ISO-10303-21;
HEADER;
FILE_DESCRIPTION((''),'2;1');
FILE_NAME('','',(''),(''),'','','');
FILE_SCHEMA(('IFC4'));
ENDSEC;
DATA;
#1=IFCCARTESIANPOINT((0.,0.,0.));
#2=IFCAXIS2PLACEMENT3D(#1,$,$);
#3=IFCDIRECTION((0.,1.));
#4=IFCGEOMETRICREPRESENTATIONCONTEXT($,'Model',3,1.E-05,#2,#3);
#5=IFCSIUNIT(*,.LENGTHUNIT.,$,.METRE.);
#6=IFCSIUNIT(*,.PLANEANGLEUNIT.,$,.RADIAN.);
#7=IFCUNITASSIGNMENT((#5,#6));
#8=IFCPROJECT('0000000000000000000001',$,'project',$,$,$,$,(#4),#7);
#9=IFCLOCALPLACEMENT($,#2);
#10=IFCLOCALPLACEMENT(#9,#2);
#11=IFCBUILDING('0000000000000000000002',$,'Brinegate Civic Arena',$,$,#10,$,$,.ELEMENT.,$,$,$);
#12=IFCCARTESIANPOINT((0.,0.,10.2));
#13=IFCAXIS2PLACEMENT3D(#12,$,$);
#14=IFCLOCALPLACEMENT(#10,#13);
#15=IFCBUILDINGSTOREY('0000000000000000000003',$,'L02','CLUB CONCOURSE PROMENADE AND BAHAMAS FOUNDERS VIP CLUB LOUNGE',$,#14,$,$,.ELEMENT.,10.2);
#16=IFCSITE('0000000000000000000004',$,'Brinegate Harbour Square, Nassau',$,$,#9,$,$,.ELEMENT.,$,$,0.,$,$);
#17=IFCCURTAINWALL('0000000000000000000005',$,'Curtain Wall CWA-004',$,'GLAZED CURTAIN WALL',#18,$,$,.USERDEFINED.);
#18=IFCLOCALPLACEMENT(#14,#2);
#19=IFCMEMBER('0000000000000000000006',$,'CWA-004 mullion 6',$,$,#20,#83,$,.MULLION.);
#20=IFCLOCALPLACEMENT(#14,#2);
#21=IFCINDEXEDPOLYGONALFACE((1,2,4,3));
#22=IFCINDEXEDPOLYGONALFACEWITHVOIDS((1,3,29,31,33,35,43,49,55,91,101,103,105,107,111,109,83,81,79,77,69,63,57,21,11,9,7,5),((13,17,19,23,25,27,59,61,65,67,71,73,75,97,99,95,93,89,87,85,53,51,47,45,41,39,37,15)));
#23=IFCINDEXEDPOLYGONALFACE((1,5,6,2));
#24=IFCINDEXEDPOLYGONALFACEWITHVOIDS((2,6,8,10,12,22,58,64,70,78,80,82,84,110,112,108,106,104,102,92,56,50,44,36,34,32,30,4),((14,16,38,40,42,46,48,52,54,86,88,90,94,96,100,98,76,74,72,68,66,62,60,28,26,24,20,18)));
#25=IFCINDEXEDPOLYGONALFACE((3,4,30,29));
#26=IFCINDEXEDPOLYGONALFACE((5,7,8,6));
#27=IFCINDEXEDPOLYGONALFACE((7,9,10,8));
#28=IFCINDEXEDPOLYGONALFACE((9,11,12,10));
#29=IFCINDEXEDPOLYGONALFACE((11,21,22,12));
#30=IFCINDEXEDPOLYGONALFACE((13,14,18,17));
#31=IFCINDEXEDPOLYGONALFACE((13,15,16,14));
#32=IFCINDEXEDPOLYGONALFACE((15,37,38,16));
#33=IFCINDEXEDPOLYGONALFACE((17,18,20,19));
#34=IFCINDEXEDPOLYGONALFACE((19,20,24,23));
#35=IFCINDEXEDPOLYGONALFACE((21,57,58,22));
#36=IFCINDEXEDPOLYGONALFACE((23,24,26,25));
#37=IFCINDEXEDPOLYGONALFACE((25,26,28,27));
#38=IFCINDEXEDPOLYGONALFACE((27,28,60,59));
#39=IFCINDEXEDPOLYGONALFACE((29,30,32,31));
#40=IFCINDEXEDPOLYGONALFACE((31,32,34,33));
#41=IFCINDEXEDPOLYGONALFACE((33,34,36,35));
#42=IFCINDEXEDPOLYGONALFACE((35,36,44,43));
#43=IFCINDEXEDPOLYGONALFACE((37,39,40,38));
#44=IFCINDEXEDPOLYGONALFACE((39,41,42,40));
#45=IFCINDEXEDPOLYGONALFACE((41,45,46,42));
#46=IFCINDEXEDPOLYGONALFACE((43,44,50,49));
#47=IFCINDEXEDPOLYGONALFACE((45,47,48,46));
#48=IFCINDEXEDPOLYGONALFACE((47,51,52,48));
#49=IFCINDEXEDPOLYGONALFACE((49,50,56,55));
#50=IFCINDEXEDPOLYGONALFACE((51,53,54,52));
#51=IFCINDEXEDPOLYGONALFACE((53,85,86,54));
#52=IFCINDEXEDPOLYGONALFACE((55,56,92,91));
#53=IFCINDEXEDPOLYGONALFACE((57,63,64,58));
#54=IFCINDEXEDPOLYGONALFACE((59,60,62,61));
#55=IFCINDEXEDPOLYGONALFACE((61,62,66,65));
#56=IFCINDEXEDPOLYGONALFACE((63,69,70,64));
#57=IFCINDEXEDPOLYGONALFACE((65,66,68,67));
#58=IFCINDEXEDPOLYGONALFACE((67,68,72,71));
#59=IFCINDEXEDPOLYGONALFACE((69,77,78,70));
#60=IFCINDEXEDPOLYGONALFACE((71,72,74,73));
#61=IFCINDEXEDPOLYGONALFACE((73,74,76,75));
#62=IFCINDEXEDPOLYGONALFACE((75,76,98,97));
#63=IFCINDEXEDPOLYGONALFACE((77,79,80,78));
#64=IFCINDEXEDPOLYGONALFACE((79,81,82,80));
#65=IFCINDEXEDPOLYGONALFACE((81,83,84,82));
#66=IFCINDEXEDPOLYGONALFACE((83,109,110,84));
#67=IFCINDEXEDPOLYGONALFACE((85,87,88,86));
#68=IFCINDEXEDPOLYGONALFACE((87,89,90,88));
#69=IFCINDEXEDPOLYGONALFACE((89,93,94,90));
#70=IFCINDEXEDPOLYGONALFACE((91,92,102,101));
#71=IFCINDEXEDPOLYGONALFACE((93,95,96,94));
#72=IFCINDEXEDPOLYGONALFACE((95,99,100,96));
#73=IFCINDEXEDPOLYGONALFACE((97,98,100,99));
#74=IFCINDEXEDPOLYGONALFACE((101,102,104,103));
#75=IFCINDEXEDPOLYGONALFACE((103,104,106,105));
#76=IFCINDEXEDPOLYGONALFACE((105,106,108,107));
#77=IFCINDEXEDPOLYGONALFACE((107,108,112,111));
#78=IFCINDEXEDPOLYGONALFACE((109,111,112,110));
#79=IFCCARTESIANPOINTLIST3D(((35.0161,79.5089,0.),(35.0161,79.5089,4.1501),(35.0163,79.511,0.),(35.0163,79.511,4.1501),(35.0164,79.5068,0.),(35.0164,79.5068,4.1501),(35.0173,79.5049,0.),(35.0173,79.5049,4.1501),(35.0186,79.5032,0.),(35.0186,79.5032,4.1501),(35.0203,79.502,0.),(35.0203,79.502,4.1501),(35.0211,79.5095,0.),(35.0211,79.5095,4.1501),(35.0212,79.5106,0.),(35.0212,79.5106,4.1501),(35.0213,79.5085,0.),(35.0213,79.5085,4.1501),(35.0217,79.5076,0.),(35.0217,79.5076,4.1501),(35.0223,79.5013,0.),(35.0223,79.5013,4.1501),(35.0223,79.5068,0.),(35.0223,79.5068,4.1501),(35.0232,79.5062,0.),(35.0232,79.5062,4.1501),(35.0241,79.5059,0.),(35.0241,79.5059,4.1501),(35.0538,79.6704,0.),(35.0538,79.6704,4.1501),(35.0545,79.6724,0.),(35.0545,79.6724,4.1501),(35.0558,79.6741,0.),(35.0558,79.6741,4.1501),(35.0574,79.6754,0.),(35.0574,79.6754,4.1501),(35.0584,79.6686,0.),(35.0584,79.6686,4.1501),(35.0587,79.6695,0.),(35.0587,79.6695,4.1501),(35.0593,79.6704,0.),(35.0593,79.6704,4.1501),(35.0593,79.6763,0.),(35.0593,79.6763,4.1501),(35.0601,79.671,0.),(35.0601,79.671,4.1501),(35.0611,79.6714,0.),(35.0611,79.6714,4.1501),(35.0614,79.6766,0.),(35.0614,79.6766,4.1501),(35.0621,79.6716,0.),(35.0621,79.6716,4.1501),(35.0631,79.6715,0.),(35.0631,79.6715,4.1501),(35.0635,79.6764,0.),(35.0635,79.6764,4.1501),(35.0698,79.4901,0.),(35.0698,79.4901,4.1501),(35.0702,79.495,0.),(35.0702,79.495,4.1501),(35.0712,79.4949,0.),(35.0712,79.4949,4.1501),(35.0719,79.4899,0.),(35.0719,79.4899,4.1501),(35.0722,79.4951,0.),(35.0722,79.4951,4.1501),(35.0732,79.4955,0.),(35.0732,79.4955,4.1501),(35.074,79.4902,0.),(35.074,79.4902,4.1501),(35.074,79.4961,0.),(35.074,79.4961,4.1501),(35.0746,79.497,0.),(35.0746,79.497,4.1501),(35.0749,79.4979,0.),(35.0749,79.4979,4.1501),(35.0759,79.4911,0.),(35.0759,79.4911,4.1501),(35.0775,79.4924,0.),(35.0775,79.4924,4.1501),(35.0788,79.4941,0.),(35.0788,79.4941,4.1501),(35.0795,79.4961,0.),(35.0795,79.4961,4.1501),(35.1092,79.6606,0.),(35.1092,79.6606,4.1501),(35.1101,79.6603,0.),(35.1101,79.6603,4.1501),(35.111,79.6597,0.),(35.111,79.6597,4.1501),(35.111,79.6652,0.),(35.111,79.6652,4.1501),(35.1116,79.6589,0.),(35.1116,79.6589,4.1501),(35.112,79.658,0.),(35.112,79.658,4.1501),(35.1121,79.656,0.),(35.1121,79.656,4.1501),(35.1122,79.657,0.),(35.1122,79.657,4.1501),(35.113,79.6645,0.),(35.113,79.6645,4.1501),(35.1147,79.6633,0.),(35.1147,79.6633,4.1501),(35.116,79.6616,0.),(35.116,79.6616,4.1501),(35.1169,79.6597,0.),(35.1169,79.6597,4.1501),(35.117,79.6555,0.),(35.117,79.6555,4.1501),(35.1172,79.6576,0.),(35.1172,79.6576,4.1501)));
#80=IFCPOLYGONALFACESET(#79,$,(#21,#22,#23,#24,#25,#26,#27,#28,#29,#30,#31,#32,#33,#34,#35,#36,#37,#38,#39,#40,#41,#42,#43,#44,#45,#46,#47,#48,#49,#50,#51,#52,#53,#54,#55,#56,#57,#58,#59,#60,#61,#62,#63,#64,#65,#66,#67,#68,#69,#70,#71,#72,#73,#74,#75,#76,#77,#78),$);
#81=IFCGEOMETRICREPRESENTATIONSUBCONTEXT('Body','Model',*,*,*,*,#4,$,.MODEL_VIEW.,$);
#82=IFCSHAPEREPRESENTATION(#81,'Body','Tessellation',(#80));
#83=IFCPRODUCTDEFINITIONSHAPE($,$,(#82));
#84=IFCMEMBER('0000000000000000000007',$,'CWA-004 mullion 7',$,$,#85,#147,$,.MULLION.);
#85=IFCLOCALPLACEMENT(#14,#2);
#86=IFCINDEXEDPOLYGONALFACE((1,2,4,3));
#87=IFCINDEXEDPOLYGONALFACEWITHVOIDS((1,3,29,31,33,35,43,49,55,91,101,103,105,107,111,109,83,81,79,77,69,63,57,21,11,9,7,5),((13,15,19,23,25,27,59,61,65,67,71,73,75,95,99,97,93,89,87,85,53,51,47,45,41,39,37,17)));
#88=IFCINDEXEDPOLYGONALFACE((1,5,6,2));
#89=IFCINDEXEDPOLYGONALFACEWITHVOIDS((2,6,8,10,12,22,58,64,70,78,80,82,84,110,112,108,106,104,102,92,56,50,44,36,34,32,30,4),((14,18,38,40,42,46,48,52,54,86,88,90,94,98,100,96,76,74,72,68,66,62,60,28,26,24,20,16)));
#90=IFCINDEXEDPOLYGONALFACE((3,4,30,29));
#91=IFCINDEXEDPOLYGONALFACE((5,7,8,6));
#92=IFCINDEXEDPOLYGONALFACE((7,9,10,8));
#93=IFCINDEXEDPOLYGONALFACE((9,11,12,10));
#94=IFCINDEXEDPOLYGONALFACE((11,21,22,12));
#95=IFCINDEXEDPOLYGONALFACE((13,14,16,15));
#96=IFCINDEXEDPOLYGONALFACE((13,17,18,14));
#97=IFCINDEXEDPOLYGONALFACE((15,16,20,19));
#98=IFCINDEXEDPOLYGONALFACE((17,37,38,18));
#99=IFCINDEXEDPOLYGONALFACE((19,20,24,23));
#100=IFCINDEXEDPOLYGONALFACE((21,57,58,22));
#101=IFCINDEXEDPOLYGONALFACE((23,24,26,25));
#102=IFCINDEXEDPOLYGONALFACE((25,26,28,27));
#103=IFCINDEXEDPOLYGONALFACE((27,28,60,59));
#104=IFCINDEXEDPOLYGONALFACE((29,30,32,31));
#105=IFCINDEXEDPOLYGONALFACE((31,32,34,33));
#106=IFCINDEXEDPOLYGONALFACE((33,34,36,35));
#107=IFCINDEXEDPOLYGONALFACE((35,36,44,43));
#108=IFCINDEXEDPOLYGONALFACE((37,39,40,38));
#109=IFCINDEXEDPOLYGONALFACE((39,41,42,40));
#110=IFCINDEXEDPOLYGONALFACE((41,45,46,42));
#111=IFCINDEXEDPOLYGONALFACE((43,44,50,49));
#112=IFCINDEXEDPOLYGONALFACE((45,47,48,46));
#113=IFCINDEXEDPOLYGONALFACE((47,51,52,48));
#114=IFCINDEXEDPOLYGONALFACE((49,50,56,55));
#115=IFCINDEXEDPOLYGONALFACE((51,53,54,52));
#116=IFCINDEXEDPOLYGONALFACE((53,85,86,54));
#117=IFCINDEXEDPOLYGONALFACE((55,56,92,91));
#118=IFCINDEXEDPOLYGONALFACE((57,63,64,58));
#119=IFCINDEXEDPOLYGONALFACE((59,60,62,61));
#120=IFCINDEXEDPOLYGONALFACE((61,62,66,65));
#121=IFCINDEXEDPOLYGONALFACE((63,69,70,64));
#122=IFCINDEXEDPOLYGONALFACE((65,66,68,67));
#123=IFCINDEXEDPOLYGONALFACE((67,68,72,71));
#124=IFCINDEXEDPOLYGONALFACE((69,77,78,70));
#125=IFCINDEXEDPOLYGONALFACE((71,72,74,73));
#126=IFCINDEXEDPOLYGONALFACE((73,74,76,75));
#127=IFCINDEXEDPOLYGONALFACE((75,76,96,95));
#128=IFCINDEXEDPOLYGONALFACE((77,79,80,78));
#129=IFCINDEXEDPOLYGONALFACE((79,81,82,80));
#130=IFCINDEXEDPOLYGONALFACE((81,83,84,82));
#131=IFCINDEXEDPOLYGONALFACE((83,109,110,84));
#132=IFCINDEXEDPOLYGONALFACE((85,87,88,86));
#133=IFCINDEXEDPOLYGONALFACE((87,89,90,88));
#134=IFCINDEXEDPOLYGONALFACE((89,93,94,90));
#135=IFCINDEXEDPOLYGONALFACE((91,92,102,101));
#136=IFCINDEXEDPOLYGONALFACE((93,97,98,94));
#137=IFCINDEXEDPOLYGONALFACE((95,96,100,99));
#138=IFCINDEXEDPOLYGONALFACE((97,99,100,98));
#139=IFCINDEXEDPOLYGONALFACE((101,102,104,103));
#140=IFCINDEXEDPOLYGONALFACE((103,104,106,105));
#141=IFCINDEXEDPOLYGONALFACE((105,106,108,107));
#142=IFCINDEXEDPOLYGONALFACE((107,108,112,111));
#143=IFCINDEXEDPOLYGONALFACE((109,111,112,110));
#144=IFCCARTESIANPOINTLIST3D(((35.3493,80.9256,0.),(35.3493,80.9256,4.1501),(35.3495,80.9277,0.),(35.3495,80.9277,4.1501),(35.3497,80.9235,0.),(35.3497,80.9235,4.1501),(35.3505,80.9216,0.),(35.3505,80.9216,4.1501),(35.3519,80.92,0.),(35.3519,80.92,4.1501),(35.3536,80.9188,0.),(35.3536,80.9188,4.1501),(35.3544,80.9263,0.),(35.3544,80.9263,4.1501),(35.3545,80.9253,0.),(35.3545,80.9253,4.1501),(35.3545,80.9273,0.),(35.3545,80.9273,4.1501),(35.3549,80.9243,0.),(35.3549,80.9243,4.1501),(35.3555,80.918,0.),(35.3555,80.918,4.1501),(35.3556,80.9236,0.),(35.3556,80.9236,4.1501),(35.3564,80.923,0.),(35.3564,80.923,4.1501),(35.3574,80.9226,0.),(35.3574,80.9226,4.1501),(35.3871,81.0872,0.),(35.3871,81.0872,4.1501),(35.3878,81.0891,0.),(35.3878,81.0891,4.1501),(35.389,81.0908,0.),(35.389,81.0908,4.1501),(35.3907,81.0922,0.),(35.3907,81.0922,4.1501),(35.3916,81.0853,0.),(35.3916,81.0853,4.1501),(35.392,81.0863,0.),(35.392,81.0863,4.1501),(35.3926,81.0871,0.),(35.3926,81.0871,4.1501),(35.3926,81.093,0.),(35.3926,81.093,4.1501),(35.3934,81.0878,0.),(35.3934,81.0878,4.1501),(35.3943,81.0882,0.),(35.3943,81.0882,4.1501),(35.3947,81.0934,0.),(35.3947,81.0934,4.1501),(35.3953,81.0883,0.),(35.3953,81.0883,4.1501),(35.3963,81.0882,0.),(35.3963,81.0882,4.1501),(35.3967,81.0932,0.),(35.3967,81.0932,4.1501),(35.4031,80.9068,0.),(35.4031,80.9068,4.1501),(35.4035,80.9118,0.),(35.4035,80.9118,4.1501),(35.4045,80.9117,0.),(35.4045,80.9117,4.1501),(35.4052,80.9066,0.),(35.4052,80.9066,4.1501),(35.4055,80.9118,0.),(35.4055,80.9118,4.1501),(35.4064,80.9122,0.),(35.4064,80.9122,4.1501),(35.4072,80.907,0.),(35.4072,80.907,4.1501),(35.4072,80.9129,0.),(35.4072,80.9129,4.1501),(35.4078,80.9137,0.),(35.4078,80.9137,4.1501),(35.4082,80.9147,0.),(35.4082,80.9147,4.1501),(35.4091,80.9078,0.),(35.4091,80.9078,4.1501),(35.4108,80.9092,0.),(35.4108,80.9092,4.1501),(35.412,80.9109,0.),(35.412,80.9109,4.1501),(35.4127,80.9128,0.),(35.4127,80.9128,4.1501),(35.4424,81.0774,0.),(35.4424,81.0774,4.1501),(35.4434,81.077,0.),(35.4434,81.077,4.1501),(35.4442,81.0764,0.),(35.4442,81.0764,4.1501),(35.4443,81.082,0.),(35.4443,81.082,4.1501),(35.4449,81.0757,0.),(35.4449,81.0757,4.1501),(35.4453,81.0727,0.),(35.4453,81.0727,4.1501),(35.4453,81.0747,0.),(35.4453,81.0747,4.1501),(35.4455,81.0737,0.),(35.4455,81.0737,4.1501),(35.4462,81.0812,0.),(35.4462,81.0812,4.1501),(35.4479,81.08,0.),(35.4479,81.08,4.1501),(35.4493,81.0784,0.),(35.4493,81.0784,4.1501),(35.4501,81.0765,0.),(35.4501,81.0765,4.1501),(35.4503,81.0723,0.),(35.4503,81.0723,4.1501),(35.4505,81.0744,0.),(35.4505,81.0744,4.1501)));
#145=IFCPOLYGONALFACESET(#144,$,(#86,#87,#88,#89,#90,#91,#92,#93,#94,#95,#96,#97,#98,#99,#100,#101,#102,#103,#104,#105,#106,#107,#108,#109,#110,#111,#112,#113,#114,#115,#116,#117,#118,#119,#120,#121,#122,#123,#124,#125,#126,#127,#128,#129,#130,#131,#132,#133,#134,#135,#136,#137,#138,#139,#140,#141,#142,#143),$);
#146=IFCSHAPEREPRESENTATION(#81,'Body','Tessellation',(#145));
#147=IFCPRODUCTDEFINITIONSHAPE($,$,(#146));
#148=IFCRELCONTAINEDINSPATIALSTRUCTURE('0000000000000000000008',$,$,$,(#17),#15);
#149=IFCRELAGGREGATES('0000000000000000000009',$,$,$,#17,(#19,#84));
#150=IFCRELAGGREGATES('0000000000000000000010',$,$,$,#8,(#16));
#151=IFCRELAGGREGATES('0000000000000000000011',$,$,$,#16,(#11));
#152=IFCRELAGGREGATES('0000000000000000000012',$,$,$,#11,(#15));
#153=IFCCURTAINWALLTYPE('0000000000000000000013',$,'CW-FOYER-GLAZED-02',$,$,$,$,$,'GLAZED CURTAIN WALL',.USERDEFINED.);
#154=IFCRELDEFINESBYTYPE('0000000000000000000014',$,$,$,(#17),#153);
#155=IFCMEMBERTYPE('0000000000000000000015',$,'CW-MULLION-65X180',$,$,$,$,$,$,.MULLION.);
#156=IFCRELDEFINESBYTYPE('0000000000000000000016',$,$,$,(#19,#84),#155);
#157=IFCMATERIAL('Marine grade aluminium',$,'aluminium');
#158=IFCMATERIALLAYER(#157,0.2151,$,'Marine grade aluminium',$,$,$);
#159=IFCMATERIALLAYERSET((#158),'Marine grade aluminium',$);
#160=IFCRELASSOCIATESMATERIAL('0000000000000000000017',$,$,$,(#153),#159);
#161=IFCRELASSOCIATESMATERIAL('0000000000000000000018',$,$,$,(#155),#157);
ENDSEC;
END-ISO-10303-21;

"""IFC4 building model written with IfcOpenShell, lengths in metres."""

from ifc_helpers import new_model, si_unit, direction, frame, origin, origin_2d, place, context, subcontext, project, spatial, hollow_rectangle, extrude, material, layer, layer_set, material_profile, profile_set, type_object, element, aggregate, save


model = new_model("IFC4")

# Units and contexts
model_context = context("Model", 3, precision=1e-05, world=origin(), true_north=direction((0.0, 1.0)))
body_context = subcontext(model_context, "Body", "Model", "MODEL_VIEW")
ifc_project = project(units=[si_unit("LENGTHUNIT", "METRE"), si_unit("PLANEANGLEUNIT", "RADIAN")], contexts=[model_context])

# Site, building, storey
site_placement = place(None, origin())
site = spatial("IfcSite", under=ifc_project, at=site_placement, Name="Brinegate Harbour Square, Nassau", CompositionType="ELEMENT", RefElevation=0.0)
building_placement = place(site_placement, origin())
building = spatial("IfcBuilding", under=site, at=building_placement, Name="Brinegate Civic Arena", CompositionType="ELEMENT")
storey_placement = place(building_placement, frame((0.0, 0.0, 10.2)))
storey = spatial("IfcBuildingStorey", under=building, at=storey_placement, Name="L02", Description="CLUB CONCOURSE PROMENADE AND BAHAMAS FOUNDERS VIP CLUB LOUNGE", CompositionType="ELEMENT", Elevation=10.2)

# Curtain wall, members
ifc_material_1 = material(Name="Marine grade aluminium", Category="aluminium")
ifc_layer_1 = layer(ifc_material_1, 0.2151, Name="Marine grade aluminium")
ifc_layer_set_1 = layer_set([ifc_layer_1], Name="Marine grade aluminium")
curtain_wall_type = type_object("IfcCurtainWallType", Name="CW-FOYER-GLAZED-02", ElementType="GLAZED CURTAIN WALL", PredefinedType="USERDEFINED", material=ifc_layer_set_1)
curtain_wall_placement = place(storey_placement, origin())
curtain_wall = element("IfcCurtainWall", 1, at=curtain_wall_placement, inside=storey, type_object=curtain_wall_type, Name="Curtain Wall CWA-004", ObjectType="GLAZED CURTAIN WALL", PredefinedType="USERDEFINED")
ifc_material_profile_1 = material_profile(ifc_material_1, hollow_rectangle(XDim=0.0649, YDim=0.1799, WallThickness=0.0049, InnerFilletRadius=0.0039, OuterFilletRadius=0.0081, at=origin_2d()), Name="MUL65X180")
ifc_profile_set_1 = profile_set([ifc_material_profile_1], Name="Marine grade aluminium")
member_type_1 = type_object("IfcMemberType", Name="CW-MULLION-65X180", PredefinedType="MULLION", material=ifc_profile_set_1)
member_1_placement = place(storey_placement, frame((35.0667, 79.5833, 0.0), z_axis=(0.0, 0.0, 1.0), x_axis=(-0.973417, 0.229039, 0.0)))
member_1 = element("IfcMember", 2, at=member_1_placement, type_object=member_type_1, Name="CWA-004 mullion 6", PredefinedType="MULLION", context=body_context, shape_type="SweptSolid", body=[
    extrude(hollow_rectangle(XDim=0.0649, YDim=0.1799, WallThickness=0.0049, InnerFilletRadius=0.0039, OuterFilletRadius=0.0081, at=origin_2d()), origin(), (0.0, 0.0, 1.0), 4.1501),
])
member_2_placement = place(storey_placement, frame((35.3999, 81.0, 0.0), z_axis=(0.0, 0.0, 1.0), x_axis=(-0.973417, 0.229039, 0.0)))
member_2 = element("IfcMember", 3, at=member_2_placement, type_object=member_type_1, Name="CWA-004 mullion 7", PredefinedType="MULLION", context=body_context, shape_type="SweptSolid", body=[
    extrude(hollow_rectangle(XDim=0.0649, YDim=0.1799, WallThickness=0.0049, InnerFilletRadius=0.0039, OuterFilletRadius=0.0081, at=origin_2d()), origin(), (0.0, 0.0, 1.0), 4.1501),
])

aggregate(curtain_wall, [member_1, member_2])

save(model, "model.ifc")
